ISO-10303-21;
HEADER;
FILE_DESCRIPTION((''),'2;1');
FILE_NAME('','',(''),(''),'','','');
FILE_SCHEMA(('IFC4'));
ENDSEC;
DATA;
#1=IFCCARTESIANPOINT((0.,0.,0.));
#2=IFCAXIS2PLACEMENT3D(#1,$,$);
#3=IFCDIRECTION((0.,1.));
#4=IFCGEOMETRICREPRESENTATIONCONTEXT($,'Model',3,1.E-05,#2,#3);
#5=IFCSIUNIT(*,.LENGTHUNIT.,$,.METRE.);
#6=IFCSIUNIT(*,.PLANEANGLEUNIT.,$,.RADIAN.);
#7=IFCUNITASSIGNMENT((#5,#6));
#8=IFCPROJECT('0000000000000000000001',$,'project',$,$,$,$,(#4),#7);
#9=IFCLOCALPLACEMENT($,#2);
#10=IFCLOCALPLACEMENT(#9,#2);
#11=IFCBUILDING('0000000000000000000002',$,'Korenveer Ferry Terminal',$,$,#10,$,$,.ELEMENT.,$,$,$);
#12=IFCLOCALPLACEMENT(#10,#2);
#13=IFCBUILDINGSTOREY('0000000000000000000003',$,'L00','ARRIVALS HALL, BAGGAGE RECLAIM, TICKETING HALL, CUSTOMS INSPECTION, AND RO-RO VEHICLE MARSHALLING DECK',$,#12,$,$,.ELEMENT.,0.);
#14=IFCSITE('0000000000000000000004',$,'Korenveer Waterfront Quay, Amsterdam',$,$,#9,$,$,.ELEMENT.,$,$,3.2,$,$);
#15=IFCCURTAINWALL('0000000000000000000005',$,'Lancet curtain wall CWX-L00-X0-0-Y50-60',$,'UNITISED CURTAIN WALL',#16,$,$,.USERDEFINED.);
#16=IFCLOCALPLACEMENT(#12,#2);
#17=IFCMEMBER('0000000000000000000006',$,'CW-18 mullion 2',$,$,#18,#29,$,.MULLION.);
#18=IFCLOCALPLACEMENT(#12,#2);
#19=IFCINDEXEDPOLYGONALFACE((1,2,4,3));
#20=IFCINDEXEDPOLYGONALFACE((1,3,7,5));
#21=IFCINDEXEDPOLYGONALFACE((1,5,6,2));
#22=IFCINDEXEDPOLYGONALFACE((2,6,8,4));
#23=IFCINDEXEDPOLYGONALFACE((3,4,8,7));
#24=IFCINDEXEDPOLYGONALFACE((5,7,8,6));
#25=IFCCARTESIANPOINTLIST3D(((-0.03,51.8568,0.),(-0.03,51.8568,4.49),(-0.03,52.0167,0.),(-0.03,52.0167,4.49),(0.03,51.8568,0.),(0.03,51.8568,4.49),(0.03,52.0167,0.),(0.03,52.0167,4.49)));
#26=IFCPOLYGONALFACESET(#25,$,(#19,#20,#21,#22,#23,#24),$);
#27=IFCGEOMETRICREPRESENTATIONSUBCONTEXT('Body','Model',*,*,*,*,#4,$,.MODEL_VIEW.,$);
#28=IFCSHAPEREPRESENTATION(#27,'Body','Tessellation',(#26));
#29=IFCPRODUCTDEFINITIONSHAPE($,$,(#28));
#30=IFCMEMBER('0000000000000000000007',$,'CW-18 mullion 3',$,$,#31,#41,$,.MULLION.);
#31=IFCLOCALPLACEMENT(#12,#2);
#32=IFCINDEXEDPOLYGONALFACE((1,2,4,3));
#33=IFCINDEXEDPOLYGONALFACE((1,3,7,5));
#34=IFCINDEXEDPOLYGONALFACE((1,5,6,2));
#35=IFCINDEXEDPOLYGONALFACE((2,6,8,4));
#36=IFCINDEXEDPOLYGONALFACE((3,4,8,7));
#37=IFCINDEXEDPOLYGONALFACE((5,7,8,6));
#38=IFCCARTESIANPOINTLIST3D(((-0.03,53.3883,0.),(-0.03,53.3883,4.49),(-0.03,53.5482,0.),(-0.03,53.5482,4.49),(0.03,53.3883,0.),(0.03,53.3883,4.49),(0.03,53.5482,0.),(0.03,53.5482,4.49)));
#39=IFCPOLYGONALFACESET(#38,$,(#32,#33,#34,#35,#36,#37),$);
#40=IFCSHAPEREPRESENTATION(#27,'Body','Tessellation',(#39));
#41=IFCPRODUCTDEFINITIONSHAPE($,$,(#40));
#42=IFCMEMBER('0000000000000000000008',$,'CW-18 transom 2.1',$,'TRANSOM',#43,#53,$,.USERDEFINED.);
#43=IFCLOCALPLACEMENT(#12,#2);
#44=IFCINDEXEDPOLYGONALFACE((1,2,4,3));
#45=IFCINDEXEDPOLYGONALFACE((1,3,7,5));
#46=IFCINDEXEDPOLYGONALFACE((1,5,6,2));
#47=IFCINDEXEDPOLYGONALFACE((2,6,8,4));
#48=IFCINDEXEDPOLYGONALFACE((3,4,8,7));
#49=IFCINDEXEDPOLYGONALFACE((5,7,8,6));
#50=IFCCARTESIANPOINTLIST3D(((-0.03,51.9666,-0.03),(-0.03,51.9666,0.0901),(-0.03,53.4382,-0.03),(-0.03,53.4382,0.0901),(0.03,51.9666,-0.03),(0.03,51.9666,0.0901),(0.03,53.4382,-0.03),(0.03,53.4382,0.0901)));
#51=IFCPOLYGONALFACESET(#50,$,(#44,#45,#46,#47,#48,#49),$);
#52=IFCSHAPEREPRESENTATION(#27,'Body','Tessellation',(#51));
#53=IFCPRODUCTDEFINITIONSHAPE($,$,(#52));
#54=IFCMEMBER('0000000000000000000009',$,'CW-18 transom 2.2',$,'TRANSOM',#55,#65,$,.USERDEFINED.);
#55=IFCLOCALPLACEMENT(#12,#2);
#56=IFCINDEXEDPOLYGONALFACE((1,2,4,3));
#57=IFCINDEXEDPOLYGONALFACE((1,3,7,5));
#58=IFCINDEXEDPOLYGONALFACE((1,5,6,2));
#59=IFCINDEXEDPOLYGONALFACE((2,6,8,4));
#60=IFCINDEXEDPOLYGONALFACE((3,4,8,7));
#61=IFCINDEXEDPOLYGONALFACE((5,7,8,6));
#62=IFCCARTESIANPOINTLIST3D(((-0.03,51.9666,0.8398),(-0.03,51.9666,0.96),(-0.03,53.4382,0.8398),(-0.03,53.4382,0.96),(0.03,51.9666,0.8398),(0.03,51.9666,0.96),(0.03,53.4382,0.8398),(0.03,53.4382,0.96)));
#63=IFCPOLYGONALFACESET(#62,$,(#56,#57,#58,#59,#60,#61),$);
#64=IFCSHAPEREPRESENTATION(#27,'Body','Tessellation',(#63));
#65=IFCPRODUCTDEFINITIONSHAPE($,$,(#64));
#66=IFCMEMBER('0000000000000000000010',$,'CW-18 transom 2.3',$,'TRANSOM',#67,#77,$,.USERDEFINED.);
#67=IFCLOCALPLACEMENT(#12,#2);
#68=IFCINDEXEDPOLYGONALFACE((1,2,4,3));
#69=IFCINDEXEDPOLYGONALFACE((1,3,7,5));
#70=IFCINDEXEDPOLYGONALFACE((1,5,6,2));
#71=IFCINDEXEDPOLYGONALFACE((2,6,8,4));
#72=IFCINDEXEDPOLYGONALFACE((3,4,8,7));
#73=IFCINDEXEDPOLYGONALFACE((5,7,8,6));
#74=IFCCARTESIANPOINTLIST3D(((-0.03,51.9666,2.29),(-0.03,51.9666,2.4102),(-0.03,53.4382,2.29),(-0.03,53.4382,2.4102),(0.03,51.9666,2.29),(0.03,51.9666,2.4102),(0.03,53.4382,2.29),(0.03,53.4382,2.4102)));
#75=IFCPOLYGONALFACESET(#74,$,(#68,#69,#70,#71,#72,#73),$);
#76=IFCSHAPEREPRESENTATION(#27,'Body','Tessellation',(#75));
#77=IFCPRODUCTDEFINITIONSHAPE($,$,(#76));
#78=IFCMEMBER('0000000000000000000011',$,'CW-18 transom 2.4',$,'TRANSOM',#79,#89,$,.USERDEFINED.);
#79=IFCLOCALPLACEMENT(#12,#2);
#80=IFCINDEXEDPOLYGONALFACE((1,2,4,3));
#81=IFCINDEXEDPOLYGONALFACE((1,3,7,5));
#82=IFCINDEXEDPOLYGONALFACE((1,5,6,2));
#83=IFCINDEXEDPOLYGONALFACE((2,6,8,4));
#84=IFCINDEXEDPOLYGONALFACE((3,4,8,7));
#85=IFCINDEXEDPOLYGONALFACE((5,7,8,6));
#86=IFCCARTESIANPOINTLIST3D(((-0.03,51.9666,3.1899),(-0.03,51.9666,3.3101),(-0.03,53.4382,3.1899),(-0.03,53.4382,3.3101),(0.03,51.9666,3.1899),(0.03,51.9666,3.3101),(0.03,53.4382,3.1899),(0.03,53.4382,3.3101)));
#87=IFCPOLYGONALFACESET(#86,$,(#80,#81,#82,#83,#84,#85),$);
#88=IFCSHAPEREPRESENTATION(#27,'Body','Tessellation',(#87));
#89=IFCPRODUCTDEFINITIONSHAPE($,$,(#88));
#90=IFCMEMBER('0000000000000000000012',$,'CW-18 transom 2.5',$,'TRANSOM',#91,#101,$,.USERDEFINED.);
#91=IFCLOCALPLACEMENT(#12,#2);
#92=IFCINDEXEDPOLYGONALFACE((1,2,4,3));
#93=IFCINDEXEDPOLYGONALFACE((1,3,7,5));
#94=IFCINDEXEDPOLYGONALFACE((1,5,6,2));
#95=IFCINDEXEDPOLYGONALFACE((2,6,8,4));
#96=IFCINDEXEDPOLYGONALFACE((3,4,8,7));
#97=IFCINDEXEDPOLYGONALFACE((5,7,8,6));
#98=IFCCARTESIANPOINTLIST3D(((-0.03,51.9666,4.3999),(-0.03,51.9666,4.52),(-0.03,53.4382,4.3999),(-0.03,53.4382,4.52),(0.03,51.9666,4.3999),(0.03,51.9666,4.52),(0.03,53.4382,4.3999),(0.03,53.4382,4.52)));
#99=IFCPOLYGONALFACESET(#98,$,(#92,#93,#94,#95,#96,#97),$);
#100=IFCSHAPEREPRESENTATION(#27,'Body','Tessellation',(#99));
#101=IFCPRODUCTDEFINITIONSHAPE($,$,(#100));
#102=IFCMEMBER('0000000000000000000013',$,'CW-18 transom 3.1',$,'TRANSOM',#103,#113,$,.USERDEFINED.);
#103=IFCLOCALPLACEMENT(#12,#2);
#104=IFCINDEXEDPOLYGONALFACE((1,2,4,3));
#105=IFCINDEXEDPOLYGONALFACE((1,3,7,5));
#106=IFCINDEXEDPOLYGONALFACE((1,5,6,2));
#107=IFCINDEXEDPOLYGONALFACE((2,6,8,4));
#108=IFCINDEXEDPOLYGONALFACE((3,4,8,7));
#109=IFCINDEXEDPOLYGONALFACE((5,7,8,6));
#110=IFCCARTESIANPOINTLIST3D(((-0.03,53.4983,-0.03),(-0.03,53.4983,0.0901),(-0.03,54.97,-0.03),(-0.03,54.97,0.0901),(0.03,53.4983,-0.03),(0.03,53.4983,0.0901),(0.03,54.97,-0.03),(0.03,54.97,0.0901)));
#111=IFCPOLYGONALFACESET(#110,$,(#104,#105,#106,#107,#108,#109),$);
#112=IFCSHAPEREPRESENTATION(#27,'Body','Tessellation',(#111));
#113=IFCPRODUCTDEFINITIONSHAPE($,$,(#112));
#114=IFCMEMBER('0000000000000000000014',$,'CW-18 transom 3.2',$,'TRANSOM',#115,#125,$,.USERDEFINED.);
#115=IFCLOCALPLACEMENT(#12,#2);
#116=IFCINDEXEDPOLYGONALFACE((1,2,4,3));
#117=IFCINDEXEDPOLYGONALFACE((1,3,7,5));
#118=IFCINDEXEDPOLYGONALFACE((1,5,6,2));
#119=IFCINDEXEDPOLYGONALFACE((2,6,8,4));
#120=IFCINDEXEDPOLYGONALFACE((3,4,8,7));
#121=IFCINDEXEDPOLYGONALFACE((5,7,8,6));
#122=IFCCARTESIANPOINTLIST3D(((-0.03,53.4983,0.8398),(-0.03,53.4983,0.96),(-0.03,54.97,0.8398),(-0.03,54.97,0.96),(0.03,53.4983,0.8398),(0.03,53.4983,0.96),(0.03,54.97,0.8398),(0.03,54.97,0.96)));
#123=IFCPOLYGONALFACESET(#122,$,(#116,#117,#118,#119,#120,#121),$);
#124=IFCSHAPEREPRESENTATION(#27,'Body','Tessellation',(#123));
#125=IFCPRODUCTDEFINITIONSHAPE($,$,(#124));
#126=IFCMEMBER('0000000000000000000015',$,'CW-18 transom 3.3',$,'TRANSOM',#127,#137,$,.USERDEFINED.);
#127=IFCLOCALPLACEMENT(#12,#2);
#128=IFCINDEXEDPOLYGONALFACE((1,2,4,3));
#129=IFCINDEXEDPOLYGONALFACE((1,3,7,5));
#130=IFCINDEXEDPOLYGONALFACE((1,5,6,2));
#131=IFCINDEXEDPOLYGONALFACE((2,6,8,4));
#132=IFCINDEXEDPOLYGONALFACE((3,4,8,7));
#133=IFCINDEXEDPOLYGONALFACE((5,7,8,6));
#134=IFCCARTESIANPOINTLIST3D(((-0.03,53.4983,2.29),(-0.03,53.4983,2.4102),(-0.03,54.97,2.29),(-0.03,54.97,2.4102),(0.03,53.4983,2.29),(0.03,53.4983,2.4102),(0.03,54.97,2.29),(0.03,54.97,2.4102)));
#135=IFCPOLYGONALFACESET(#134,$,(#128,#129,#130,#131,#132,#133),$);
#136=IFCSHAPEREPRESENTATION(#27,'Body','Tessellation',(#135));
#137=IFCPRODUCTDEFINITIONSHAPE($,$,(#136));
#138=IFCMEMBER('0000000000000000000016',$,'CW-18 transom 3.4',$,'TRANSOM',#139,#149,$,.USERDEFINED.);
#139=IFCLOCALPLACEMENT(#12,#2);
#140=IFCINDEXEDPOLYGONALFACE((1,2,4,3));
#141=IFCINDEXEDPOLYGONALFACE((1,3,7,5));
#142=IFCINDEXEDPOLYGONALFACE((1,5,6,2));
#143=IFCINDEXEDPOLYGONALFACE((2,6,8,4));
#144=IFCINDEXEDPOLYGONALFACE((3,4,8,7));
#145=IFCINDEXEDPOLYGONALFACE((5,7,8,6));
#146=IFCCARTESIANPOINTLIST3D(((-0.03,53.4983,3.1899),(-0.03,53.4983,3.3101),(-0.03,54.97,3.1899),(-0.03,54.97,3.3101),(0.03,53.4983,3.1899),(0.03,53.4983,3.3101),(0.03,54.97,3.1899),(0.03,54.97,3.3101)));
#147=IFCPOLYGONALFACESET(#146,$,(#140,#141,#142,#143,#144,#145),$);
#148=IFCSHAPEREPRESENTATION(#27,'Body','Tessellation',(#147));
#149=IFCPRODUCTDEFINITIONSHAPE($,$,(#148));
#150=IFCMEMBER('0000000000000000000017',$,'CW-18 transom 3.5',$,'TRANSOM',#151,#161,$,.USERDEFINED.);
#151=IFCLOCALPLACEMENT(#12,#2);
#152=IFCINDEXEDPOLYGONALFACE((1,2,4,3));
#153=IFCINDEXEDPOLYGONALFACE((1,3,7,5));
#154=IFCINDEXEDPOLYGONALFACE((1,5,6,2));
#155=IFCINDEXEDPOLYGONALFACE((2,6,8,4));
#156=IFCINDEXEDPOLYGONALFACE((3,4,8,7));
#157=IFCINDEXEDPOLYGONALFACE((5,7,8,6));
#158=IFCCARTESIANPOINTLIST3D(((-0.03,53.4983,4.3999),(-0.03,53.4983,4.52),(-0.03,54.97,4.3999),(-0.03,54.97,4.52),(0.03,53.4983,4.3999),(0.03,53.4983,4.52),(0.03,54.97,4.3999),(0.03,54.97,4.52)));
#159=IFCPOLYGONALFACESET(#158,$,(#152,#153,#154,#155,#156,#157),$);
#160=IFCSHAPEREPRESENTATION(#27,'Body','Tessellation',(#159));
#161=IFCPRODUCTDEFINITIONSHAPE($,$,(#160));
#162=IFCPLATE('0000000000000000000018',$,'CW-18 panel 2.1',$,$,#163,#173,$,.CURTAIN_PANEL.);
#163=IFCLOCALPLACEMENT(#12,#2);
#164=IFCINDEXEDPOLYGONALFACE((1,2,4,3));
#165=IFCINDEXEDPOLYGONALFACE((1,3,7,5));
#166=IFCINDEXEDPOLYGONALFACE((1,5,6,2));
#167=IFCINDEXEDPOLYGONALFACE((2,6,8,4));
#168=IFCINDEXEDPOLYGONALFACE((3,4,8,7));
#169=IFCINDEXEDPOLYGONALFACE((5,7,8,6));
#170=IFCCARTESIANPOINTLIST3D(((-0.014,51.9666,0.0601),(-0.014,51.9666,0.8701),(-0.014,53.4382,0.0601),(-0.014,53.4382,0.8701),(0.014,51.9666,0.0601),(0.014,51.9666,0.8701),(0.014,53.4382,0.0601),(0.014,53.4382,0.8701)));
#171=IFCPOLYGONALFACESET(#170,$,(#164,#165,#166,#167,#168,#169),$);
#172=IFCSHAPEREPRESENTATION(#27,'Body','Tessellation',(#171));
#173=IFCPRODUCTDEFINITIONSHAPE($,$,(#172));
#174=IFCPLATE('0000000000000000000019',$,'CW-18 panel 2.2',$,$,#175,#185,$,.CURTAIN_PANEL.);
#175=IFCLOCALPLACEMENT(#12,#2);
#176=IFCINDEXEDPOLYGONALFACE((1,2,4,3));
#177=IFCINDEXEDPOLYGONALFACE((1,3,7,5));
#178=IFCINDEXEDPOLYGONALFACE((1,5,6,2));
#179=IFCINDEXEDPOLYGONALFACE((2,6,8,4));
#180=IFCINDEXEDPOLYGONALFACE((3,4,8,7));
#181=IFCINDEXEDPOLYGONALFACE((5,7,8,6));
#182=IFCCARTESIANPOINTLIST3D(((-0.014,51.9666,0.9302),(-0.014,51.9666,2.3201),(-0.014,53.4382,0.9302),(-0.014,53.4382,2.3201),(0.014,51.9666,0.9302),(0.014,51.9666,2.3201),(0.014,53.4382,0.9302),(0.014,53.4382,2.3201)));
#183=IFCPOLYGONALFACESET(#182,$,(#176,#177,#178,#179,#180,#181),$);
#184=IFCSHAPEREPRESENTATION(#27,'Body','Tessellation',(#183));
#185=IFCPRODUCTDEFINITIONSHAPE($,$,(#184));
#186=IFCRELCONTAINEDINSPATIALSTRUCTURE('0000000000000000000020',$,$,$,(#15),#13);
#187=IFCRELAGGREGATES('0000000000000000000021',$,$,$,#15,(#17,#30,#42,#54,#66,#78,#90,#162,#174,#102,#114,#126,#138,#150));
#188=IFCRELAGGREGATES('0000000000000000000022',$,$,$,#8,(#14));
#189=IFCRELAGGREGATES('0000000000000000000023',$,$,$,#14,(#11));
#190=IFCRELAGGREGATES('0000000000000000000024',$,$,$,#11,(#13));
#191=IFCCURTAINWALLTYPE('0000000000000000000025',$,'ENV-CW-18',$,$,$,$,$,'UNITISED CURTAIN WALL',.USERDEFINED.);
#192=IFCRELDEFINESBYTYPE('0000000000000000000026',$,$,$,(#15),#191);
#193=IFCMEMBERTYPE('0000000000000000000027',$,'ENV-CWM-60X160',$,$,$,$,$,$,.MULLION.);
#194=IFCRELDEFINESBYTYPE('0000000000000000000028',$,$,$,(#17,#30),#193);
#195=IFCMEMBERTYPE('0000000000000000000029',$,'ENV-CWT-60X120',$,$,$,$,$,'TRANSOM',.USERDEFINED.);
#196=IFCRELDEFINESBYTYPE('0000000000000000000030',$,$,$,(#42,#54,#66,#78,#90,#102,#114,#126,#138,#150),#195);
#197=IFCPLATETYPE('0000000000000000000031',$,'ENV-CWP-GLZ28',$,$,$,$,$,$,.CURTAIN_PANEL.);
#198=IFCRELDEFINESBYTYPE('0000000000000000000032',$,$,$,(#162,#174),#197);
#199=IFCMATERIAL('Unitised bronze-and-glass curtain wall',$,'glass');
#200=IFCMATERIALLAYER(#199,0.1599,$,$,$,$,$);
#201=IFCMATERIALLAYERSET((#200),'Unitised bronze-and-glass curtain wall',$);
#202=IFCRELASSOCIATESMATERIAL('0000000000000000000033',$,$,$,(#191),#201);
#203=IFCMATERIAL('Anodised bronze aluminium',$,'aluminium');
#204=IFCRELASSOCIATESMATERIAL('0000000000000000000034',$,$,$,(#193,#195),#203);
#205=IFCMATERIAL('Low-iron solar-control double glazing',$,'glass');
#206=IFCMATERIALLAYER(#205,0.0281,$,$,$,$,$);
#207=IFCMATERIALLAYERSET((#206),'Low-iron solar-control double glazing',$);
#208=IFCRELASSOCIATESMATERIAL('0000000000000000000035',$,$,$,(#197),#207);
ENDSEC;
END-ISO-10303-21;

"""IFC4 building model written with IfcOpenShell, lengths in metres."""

from ifc_helpers import new_model, si_unit, direction, frame, origin, origin_2d, place, context, subcontext, project, spatial, rectangle, extrude, material, layer, layer_set, material_profile, profile_set, type_object, element, aggregate, save


model = new_model("IFC4")

# Units and contexts
model_context = context("Model", 3, precision=1e-05, world=origin(), true_north=direction((0.0, 1.0)))
body_context = subcontext(model_context, "Body", "Model", "MODEL_VIEW")
ifc_project = project(units=[si_unit("LENGTHUNIT", "METRE"), si_unit("PLANEANGLEUNIT", "RADIAN")], contexts=[model_context])

# Site, building, storey
site_placement = place(None, origin())
site = spatial("IfcSite", under=ifc_project, at=site_placement, Name="Korenveer Waterfront Quay, Amsterdam", CompositionType="ELEMENT", RefElevation=3.2)
building_placement = place(site_placement, origin())
building = spatial("IfcBuilding", under=site, at=building_placement, Name="Korenveer Ferry Terminal", CompositionType="ELEMENT")
storey_placement = place(building_placement, origin())
storey = spatial("IfcBuildingStorey", under=building, at=storey_placement, Name="L00", Description="ARRIVALS HALL, BAGGAGE RECLAIM, TICKETING HALL, CUSTOMS INSPECTION, AND RO-RO VEHICLE MARSHALLING DECK", CompositionType="ELEMENT", Elevation=0.0)

# Curtain wall, members, plates
ifc_material_1 = material(Name="Unitised bronze-and-glass curtain wall", Category="glass")
ifc_layer_1 = layer(ifc_material_1, 0.1599)
ifc_layer_set_1 = layer_set([ifc_layer_1], Name="Unitised bronze-and-glass curtain wall")
curtain_wall_type = type_object("IfcCurtainWallType", Name="ENV-CW-18", ElementType="UNITISED CURTAIN WALL", PredefinedType="USERDEFINED", material=ifc_layer_set_1)
curtain_wall_placement = place(storey_placement, frame((0.0, 50.405, 0.0)))
curtain_wall = element("IfcCurtainWall", 1, at=curtain_wall_placement, inside=storey, type_object=curtain_wall_type, Name="Lancet curtain wall CWX-L00-X0-0-Y50-60", ObjectType="UNITISED CURTAIN WALL", PredefinedType="USERDEFINED")
ifc_material_2 = material(Name="Anodised bronze aluminium", Category="aluminium")
ifc_material_profile_1 = material_profile(ifc_material_2, rectangle(XDim=0.0601, YDim=0.1599, at=origin_2d()), Name="ALU 60x160")
ifc_profile_set_1 = profile_set([ifc_material_profile_1], Name="Anodised bronze aluminium")
member_type_1 = type_object("IfcMemberType", Name="ENV-CWM-60X160", PredefinedType="MULLION", material=ifc_profile_set_1)
member_1_placement = place(storey_placement, frame((0.0, 51.9368, 0.0), z_axis=(0.0, 0.0, 1.0), x_axis=(-1.0, 0.0, 0.0)))
member_1 = element("IfcMember", 2, at=member_1_placement, type_object=member_type_1, Name="CW-18 mullion 2", PredefinedType="MULLION", context=body_context, shape_type="SweptSolid", body=[
    extrude(rectangle(XDim=0.0601, YDim=0.1599, at=origin_2d()), origin(), (0.0, 0.0, 1.0), 4.49),
])
member_2_placement = place(storey_placement, frame((0.0, 53.4683, 0.0), z_axis=(0.0, 0.0, 1.0), x_axis=(-1.0, 0.0, 0.0)))
member_2 = element("IfcMember", 3, at=member_2_placement, type_object=member_type_1, Name="CW-18 mullion 3", PredefinedType="MULLION", context=body_context, shape_type="SweptSolid", body=[
    extrude(rectangle(XDim=0.0601, YDim=0.1599, at=origin_2d()), origin(), (0.0, 0.0, 1.0), 4.49),
])
ifc_material_profile_2 = material_profile(ifc_material_2, rectangle(XDim=0.0601, YDim=0.1201, at=origin_2d()), Name="ALU 60x120")
ifc_profile_set_2 = profile_set([ifc_material_profile_2], Name="Anodised bronze aluminium")
member_type_2 = type_object("IfcMemberType", Name="ENV-CWT-60X120", ElementType="TRANSOM", PredefinedType="USERDEFINED", material=ifc_profile_set_2)
member_3_placement = place(storey_placement, frame((0.0, 51.9666, 0.03), z_axis=(0.0, 1.0, 0.0), x_axis=(-1.0, 0.0, 0.0)))
member_3 = element("IfcMember", 4, at=member_3_placement, type_object=member_type_2, Name="CW-18 transom 2.1", ObjectType="TRANSOM", PredefinedType="USERDEFINED", context=body_context, shape_type="SweptSolid", body=[
    extrude(rectangle(XDim=0.0601, YDim=0.1201, at=origin_2d()), origin(), (0.0, 0.0, 1.0), 1.4717),
])
member_4_placement = place(storey_placement, frame((0.0, 51.9666, 0.8999), z_axis=(0.0, 1.0, 0.0), x_axis=(-1.0, 0.0, 0.0)))
member_4 = element("IfcMember", 5, at=member_4_placement, type_object=member_type_2, Name="CW-18 transom 2.2", ObjectType="TRANSOM", PredefinedType="USERDEFINED", context=body_context, shape_type="SweptSolid", body=[
    extrude(rectangle(XDim=0.0601, YDim=0.1201, at=origin_2d()), origin(), (0.0, 0.0, 1.0), 1.4717),
])
member_5_placement = place(storey_placement, frame((0.0, 51.9666, 2.3501), z_axis=(0.0, 1.0, 0.0), x_axis=(-1.0, 0.0, 0.0)))
member_5 = element("IfcMember", 6, at=member_5_placement, type_object=member_type_2, Name="CW-18 transom 2.3", ObjectType="TRANSOM", PredefinedType="USERDEFINED", context=body_context, shape_type="SweptSolid", body=[
    extrude(rectangle(XDim=0.0601, YDim=0.1201, at=origin_2d()), origin(), (0.0, 0.0, 1.0), 1.4717),
])
member_6_placement = place(storey_placement, frame((0.0, 51.9666, 3.25), z_axis=(0.0, 1.0, 0.0), x_axis=(-1.0, 0.0, 0.0)))
member_6 = element("IfcMember", 7, at=member_6_placement, type_object=member_type_2, Name="CW-18 transom 2.4", ObjectType="TRANSOM", PredefinedType="USERDEFINED", context=body_context, shape_type="SweptSolid", body=[
    extrude(rectangle(XDim=0.0601, YDim=0.1201, at=origin_2d()), origin(), (0.0, 0.0, 1.0), 1.4717),
])
member_7_placement = place(storey_placement, frame((0.0, 51.9666, 4.46), z_axis=(0.0, 1.0, 0.0), x_axis=(-1.0, 0.0, 0.0)))
member_7 = element("IfcMember", 8, at=member_7_placement, type_object=member_type_2, Name="CW-18 transom 2.5", ObjectType="TRANSOM", PredefinedType="USERDEFINED", context=body_context, shape_type="SweptSolid", body=[
    extrude(rectangle(XDim=0.0601, YDim=0.1201, at=origin_2d()), origin(), (0.0, 0.0, 1.0), 1.4717),
])
member_8_placement = place(storey_placement, frame((0.0, 53.4983, 0.03), z_axis=(0.0, 1.0, 0.0), x_axis=(-1.0, 0.0, 0.0)))
member_8 = element("IfcMember", 9, at=member_8_placement, type_object=member_type_2, Name="CW-18 transom 3.1", ObjectType="TRANSOM", PredefinedType="USERDEFINED", context=body_context, shape_type="SweptSolid", body=[
    extrude(rectangle(XDim=0.0601, YDim=0.1201, at=origin_2d()), origin(), (0.0, 0.0, 1.0), 1.4717),
])
member_9_placement = place(storey_placement, frame((0.0, 53.4983, 0.8999), z_axis=(0.0, 1.0, 0.0), x_axis=(-1.0, 0.0, 0.0)))
member_9 = element("IfcMember", 10, at=member_9_placement, type_object=member_type_2, Name="CW-18 transom 3.2", ObjectType="TRANSOM", PredefinedType="USERDEFINED", context=body_context, shape_type="SweptSolid", body=[
    extrude(rectangle(XDim=0.0601, YDim=0.1201, at=origin_2d()), origin(), (0.0, 0.0, 1.0), 1.4717),
])
member_10_placement = place(storey_placement, frame((0.0, 53.4983, 2.3501), z_axis=(0.0, 1.0, 0.0), x_axis=(-1.0, 0.0, 0.0)))
member_10 = element("IfcMember", 11, at=member_10_placement, type_object=member_type_2, Name="CW-18 transom 3.3", ObjectType="TRANSOM", PredefinedType="USERDEFINED", context=body_context, shape_type="SweptSolid", body=[
    extrude(rectangle(XDim=0.0601, YDim=0.1201, at=origin_2d()), origin(), (0.0, 0.0, 1.0), 1.4717),
])
member_11_placement = place(storey_placement, frame((0.0, 53.4983, 3.25), z_axis=(0.0, 1.0, 0.0), x_axis=(-1.0, 0.0, 0.0)))
member_11 = element("IfcMember", 12, at=member_11_placement, type_object=member_type_2, Name="CW-18 transom 3.4", ObjectType="TRANSOM", PredefinedType="USERDEFINED", context=body_context, shape_type="SweptSolid", body=[
    extrude(rectangle(XDim=0.0601, YDim=0.1201, at=origin_2d()), origin(), (0.0, 0.0, 1.0), 1.4717),
])
member_12_placement = place(storey_placement, frame((0.0, 53.4983, 4.46), z_axis=(0.0, 1.0, 0.0), x_axis=(-1.0, 0.0, 0.0)))
member_12 = element("IfcMember", 13, at=member_12_placement, type_object=member_type_2, Name="CW-18 transom 3.5", ObjectType="TRANSOM", PredefinedType="USERDEFINED", context=body_context, shape_type="SweptSolid", body=[
    extrude(rectangle(XDim=0.0601, YDim=0.1201, at=origin_2d()), origin(), (0.0, 0.0, 1.0), 1.4717),
])
ifc_material_3 = material(Name="Low-iron solar-control double glazing", Category="glass")
ifc_layer_2 = layer(ifc_material_3, 0.0281)
ifc_layer_set_2 = layer_set([ifc_layer_2], Name="Low-iron solar-control double glazing")
plate_type = type_object("IfcPlateType", Name="ENV-CWP-GLZ28", PredefinedType="CURTAIN_PANEL", material=ifc_layer_set_2)
plate_1_placement = place(storey_placement, frame((0.0, 52.7024, 0.0601), z_axis=(0.0, 0.0, 1.0), x_axis=(0.0, 1.0, 0.0)))
plate_1 = element("IfcPlate", 14, at=plate_1_placement, type_object=plate_type, Name="CW-18 panel 2.1", PredefinedType="CURTAIN_PANEL", context=body_context, shape_type="SweptSolid", body=[
    extrude(rectangle(XDim=1.4717, YDim=0.0281, at=origin_2d()), origin(), (0.0, 0.0, 1.0), 0.8101),
])
plate_2_placement = place(storey_placement, frame((0.0, 52.7024, 0.9302), z_axis=(0.0, 0.0, 1.0), x_axis=(0.0, 1.0, 0.0)))
plate_2 = element("IfcPlate", 15, at=plate_2_placement, type_object=plate_type, Name="CW-18 panel 2.2", PredefinedType="CURTAIN_PANEL", context=body_context, shape_type="SweptSolid", body=[
    extrude(rectangle(XDim=1.4717, YDim=0.0281, at=origin_2d()), origin(), (0.0, 0.0, 1.0), 1.3899),
])
aggregate(curtain_wall, [member_1, member_2, member_3, member_4, member_5, member_6, member_7, plate_1, plate_2, member_8, member_9, member_10, member_11, member_12])

save(model, "model.ifc")
